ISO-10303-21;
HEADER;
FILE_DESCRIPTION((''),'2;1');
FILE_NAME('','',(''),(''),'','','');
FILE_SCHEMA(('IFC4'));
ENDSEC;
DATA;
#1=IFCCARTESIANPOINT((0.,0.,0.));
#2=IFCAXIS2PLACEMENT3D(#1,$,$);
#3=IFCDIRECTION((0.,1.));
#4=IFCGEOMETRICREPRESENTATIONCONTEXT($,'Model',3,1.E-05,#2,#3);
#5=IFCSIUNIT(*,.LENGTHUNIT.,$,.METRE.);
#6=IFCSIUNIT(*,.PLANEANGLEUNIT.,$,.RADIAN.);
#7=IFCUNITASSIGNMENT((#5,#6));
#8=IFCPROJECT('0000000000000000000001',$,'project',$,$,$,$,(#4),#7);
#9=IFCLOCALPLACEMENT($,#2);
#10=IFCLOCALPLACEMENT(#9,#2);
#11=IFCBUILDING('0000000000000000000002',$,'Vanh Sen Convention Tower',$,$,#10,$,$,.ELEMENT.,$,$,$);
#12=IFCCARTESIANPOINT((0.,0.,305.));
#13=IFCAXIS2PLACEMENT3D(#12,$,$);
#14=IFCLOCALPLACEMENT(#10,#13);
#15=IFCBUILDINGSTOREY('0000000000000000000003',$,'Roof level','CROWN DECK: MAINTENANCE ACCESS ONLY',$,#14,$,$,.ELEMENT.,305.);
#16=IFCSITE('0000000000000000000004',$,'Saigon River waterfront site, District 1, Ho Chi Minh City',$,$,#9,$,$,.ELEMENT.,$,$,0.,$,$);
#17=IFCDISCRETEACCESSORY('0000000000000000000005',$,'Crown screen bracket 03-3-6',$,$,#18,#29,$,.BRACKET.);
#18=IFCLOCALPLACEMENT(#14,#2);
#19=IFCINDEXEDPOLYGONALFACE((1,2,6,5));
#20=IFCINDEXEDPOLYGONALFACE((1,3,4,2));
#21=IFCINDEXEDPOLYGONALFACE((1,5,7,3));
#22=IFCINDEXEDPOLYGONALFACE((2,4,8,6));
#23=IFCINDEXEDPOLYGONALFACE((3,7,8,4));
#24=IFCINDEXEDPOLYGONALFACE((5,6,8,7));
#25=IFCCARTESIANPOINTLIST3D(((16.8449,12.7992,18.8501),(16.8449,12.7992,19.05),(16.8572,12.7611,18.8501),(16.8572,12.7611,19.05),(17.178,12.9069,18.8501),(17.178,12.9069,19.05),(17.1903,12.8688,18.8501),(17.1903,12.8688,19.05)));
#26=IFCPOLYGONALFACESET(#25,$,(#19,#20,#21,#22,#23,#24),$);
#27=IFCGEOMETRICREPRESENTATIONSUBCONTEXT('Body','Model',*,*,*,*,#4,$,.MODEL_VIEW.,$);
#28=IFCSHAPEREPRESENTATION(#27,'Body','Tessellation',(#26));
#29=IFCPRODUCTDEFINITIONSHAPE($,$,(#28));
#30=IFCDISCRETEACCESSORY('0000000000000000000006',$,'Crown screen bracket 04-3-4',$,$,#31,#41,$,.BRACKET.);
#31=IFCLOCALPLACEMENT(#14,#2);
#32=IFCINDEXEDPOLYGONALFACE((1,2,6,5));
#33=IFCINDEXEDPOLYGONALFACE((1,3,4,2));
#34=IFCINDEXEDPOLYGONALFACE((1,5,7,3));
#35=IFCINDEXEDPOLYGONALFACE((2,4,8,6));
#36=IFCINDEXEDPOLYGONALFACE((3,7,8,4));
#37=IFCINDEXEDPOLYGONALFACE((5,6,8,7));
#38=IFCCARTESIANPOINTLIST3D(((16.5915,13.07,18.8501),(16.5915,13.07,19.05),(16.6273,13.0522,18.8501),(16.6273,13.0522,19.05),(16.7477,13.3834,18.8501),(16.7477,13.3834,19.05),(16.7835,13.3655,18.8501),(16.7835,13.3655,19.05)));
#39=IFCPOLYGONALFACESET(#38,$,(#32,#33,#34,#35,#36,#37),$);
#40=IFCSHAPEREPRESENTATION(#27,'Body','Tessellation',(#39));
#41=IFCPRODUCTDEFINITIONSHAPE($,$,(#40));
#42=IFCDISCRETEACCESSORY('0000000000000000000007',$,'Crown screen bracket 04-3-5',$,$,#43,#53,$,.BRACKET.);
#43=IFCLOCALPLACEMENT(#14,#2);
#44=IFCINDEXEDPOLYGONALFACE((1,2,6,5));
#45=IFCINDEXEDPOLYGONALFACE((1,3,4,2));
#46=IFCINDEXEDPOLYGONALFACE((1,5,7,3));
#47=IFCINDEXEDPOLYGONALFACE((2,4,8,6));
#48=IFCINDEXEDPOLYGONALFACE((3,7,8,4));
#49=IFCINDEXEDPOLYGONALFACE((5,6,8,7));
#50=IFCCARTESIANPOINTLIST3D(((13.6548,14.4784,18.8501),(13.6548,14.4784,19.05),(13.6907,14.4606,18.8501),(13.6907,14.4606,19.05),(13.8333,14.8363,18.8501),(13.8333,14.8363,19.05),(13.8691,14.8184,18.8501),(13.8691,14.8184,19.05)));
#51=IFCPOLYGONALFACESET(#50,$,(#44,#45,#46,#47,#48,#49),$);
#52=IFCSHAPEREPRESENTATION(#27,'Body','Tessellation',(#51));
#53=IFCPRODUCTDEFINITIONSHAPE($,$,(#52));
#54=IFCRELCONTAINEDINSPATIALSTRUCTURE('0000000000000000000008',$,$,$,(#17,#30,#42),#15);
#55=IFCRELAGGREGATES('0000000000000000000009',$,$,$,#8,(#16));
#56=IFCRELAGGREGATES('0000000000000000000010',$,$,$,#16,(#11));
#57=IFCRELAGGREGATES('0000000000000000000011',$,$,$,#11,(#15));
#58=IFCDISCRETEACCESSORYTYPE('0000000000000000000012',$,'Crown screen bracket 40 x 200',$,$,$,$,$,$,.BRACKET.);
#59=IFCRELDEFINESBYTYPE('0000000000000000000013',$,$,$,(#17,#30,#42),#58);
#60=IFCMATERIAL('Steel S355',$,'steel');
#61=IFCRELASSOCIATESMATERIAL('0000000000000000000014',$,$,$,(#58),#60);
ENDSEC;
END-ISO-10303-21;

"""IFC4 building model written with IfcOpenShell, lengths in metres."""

from ifc_helpers import new_model, si_unit, direction, frame, origin, origin_2d, place, context, subcontext, project, spatial, rectangle, extrude, material, type_object, element, save


model = new_model("IFC4")

# Units and contexts
model_context = context("Model", 3, precision=1e-05, world=origin(), true_north=direction((0.0, 1.0)))
body_context = subcontext(model_context, "Body", "Model", "MODEL_VIEW")
ifc_project = project(units=[si_unit("LENGTHUNIT", "METRE"), si_unit("PLANEANGLEUNIT", "RADIAN")], contexts=[model_context])

# Site, building, storey
site_placement = place(None, origin())
site = spatial("IfcSite", under=ifc_project, at=site_placement, Name="Saigon River waterfront site, District 1, Ho Chi Minh City", CompositionType="ELEMENT", RefElevation=0.0)
building_placement = place(site_placement, origin())
building = spatial("IfcBuilding", under=site, at=building_placement, Name="Vanh Sen Convention Tower", CompositionType="ELEMENT")
storey_placement = place(building_placement, frame((0.0, 0.0, 305.0)))
storey = spatial("IfcBuildingStorey", under=building, at=storey_placement, Name="Roof level", Description="CROWN DECK: MAINTENANCE ACCESS ONLY", CompositionType="ELEMENT", Elevation=305.0)

# Discrete accessories
ifc_material_1 = material(Name="Steel S355", Category="steel")
discrete_accessory_type_1 = type_object("IfcDiscreteAccessoryType", Name="Crown screen bracket 40 x 200", PredefinedType="BRACKET", material=ifc_material_1)
for number, where, z_axis, x_axis, name in (
    (1, (17.0176, 12.834, 18.8501), (0.0, 0.0, 1.0), (0.951473, 0.307734, 0.0), "Crown screen bracket 03-3-6"),
    (2, (16.6875, 13.2178, 18.8501), (0.0, 0.0, 1.0), (0.446204, 0.894931, 0.0), "Crown screen bracket 04-3-4"),
):
    element("IfcDiscreteAccessory", number, at=place(storey_placement, frame(where, z_axis=z_axis, x_axis=x_axis)), inside=storey, type_object=discrete_accessory_type_1, Name=name, PredefinedType="BRACKET", context=body_context, shape_type="SweptSolid", body=[
        extrude(rectangle(XDim=0.3501, YDim=0.04, at=origin_2d()), origin(), (0.0, 0.0, 1.0), 0.2),
    ])
discrete_accessory_1_placement = place(storey_placement, frame((13.762, 14.6484, 18.8501), z_axis=(0.0, 0.0, 1.0), x_axis=(0.446204, 0.894931, 0.0)))
element("IfcDiscreteAccessory", 3, at=discrete_accessory_1_placement, inside=storey, type_object=discrete_accessory_type_1, Name="Crown screen bracket 04-3-5", PredefinedType="BRACKET", context=body_context, shape_type="SweptSolid", body=[
    extrude(rectangle(XDim=0.3999, YDim=0.04, at=origin_2d()), origin(), (0.0, 0.0, 1.0), 0.2),
])

save(model, "model.ifc")
